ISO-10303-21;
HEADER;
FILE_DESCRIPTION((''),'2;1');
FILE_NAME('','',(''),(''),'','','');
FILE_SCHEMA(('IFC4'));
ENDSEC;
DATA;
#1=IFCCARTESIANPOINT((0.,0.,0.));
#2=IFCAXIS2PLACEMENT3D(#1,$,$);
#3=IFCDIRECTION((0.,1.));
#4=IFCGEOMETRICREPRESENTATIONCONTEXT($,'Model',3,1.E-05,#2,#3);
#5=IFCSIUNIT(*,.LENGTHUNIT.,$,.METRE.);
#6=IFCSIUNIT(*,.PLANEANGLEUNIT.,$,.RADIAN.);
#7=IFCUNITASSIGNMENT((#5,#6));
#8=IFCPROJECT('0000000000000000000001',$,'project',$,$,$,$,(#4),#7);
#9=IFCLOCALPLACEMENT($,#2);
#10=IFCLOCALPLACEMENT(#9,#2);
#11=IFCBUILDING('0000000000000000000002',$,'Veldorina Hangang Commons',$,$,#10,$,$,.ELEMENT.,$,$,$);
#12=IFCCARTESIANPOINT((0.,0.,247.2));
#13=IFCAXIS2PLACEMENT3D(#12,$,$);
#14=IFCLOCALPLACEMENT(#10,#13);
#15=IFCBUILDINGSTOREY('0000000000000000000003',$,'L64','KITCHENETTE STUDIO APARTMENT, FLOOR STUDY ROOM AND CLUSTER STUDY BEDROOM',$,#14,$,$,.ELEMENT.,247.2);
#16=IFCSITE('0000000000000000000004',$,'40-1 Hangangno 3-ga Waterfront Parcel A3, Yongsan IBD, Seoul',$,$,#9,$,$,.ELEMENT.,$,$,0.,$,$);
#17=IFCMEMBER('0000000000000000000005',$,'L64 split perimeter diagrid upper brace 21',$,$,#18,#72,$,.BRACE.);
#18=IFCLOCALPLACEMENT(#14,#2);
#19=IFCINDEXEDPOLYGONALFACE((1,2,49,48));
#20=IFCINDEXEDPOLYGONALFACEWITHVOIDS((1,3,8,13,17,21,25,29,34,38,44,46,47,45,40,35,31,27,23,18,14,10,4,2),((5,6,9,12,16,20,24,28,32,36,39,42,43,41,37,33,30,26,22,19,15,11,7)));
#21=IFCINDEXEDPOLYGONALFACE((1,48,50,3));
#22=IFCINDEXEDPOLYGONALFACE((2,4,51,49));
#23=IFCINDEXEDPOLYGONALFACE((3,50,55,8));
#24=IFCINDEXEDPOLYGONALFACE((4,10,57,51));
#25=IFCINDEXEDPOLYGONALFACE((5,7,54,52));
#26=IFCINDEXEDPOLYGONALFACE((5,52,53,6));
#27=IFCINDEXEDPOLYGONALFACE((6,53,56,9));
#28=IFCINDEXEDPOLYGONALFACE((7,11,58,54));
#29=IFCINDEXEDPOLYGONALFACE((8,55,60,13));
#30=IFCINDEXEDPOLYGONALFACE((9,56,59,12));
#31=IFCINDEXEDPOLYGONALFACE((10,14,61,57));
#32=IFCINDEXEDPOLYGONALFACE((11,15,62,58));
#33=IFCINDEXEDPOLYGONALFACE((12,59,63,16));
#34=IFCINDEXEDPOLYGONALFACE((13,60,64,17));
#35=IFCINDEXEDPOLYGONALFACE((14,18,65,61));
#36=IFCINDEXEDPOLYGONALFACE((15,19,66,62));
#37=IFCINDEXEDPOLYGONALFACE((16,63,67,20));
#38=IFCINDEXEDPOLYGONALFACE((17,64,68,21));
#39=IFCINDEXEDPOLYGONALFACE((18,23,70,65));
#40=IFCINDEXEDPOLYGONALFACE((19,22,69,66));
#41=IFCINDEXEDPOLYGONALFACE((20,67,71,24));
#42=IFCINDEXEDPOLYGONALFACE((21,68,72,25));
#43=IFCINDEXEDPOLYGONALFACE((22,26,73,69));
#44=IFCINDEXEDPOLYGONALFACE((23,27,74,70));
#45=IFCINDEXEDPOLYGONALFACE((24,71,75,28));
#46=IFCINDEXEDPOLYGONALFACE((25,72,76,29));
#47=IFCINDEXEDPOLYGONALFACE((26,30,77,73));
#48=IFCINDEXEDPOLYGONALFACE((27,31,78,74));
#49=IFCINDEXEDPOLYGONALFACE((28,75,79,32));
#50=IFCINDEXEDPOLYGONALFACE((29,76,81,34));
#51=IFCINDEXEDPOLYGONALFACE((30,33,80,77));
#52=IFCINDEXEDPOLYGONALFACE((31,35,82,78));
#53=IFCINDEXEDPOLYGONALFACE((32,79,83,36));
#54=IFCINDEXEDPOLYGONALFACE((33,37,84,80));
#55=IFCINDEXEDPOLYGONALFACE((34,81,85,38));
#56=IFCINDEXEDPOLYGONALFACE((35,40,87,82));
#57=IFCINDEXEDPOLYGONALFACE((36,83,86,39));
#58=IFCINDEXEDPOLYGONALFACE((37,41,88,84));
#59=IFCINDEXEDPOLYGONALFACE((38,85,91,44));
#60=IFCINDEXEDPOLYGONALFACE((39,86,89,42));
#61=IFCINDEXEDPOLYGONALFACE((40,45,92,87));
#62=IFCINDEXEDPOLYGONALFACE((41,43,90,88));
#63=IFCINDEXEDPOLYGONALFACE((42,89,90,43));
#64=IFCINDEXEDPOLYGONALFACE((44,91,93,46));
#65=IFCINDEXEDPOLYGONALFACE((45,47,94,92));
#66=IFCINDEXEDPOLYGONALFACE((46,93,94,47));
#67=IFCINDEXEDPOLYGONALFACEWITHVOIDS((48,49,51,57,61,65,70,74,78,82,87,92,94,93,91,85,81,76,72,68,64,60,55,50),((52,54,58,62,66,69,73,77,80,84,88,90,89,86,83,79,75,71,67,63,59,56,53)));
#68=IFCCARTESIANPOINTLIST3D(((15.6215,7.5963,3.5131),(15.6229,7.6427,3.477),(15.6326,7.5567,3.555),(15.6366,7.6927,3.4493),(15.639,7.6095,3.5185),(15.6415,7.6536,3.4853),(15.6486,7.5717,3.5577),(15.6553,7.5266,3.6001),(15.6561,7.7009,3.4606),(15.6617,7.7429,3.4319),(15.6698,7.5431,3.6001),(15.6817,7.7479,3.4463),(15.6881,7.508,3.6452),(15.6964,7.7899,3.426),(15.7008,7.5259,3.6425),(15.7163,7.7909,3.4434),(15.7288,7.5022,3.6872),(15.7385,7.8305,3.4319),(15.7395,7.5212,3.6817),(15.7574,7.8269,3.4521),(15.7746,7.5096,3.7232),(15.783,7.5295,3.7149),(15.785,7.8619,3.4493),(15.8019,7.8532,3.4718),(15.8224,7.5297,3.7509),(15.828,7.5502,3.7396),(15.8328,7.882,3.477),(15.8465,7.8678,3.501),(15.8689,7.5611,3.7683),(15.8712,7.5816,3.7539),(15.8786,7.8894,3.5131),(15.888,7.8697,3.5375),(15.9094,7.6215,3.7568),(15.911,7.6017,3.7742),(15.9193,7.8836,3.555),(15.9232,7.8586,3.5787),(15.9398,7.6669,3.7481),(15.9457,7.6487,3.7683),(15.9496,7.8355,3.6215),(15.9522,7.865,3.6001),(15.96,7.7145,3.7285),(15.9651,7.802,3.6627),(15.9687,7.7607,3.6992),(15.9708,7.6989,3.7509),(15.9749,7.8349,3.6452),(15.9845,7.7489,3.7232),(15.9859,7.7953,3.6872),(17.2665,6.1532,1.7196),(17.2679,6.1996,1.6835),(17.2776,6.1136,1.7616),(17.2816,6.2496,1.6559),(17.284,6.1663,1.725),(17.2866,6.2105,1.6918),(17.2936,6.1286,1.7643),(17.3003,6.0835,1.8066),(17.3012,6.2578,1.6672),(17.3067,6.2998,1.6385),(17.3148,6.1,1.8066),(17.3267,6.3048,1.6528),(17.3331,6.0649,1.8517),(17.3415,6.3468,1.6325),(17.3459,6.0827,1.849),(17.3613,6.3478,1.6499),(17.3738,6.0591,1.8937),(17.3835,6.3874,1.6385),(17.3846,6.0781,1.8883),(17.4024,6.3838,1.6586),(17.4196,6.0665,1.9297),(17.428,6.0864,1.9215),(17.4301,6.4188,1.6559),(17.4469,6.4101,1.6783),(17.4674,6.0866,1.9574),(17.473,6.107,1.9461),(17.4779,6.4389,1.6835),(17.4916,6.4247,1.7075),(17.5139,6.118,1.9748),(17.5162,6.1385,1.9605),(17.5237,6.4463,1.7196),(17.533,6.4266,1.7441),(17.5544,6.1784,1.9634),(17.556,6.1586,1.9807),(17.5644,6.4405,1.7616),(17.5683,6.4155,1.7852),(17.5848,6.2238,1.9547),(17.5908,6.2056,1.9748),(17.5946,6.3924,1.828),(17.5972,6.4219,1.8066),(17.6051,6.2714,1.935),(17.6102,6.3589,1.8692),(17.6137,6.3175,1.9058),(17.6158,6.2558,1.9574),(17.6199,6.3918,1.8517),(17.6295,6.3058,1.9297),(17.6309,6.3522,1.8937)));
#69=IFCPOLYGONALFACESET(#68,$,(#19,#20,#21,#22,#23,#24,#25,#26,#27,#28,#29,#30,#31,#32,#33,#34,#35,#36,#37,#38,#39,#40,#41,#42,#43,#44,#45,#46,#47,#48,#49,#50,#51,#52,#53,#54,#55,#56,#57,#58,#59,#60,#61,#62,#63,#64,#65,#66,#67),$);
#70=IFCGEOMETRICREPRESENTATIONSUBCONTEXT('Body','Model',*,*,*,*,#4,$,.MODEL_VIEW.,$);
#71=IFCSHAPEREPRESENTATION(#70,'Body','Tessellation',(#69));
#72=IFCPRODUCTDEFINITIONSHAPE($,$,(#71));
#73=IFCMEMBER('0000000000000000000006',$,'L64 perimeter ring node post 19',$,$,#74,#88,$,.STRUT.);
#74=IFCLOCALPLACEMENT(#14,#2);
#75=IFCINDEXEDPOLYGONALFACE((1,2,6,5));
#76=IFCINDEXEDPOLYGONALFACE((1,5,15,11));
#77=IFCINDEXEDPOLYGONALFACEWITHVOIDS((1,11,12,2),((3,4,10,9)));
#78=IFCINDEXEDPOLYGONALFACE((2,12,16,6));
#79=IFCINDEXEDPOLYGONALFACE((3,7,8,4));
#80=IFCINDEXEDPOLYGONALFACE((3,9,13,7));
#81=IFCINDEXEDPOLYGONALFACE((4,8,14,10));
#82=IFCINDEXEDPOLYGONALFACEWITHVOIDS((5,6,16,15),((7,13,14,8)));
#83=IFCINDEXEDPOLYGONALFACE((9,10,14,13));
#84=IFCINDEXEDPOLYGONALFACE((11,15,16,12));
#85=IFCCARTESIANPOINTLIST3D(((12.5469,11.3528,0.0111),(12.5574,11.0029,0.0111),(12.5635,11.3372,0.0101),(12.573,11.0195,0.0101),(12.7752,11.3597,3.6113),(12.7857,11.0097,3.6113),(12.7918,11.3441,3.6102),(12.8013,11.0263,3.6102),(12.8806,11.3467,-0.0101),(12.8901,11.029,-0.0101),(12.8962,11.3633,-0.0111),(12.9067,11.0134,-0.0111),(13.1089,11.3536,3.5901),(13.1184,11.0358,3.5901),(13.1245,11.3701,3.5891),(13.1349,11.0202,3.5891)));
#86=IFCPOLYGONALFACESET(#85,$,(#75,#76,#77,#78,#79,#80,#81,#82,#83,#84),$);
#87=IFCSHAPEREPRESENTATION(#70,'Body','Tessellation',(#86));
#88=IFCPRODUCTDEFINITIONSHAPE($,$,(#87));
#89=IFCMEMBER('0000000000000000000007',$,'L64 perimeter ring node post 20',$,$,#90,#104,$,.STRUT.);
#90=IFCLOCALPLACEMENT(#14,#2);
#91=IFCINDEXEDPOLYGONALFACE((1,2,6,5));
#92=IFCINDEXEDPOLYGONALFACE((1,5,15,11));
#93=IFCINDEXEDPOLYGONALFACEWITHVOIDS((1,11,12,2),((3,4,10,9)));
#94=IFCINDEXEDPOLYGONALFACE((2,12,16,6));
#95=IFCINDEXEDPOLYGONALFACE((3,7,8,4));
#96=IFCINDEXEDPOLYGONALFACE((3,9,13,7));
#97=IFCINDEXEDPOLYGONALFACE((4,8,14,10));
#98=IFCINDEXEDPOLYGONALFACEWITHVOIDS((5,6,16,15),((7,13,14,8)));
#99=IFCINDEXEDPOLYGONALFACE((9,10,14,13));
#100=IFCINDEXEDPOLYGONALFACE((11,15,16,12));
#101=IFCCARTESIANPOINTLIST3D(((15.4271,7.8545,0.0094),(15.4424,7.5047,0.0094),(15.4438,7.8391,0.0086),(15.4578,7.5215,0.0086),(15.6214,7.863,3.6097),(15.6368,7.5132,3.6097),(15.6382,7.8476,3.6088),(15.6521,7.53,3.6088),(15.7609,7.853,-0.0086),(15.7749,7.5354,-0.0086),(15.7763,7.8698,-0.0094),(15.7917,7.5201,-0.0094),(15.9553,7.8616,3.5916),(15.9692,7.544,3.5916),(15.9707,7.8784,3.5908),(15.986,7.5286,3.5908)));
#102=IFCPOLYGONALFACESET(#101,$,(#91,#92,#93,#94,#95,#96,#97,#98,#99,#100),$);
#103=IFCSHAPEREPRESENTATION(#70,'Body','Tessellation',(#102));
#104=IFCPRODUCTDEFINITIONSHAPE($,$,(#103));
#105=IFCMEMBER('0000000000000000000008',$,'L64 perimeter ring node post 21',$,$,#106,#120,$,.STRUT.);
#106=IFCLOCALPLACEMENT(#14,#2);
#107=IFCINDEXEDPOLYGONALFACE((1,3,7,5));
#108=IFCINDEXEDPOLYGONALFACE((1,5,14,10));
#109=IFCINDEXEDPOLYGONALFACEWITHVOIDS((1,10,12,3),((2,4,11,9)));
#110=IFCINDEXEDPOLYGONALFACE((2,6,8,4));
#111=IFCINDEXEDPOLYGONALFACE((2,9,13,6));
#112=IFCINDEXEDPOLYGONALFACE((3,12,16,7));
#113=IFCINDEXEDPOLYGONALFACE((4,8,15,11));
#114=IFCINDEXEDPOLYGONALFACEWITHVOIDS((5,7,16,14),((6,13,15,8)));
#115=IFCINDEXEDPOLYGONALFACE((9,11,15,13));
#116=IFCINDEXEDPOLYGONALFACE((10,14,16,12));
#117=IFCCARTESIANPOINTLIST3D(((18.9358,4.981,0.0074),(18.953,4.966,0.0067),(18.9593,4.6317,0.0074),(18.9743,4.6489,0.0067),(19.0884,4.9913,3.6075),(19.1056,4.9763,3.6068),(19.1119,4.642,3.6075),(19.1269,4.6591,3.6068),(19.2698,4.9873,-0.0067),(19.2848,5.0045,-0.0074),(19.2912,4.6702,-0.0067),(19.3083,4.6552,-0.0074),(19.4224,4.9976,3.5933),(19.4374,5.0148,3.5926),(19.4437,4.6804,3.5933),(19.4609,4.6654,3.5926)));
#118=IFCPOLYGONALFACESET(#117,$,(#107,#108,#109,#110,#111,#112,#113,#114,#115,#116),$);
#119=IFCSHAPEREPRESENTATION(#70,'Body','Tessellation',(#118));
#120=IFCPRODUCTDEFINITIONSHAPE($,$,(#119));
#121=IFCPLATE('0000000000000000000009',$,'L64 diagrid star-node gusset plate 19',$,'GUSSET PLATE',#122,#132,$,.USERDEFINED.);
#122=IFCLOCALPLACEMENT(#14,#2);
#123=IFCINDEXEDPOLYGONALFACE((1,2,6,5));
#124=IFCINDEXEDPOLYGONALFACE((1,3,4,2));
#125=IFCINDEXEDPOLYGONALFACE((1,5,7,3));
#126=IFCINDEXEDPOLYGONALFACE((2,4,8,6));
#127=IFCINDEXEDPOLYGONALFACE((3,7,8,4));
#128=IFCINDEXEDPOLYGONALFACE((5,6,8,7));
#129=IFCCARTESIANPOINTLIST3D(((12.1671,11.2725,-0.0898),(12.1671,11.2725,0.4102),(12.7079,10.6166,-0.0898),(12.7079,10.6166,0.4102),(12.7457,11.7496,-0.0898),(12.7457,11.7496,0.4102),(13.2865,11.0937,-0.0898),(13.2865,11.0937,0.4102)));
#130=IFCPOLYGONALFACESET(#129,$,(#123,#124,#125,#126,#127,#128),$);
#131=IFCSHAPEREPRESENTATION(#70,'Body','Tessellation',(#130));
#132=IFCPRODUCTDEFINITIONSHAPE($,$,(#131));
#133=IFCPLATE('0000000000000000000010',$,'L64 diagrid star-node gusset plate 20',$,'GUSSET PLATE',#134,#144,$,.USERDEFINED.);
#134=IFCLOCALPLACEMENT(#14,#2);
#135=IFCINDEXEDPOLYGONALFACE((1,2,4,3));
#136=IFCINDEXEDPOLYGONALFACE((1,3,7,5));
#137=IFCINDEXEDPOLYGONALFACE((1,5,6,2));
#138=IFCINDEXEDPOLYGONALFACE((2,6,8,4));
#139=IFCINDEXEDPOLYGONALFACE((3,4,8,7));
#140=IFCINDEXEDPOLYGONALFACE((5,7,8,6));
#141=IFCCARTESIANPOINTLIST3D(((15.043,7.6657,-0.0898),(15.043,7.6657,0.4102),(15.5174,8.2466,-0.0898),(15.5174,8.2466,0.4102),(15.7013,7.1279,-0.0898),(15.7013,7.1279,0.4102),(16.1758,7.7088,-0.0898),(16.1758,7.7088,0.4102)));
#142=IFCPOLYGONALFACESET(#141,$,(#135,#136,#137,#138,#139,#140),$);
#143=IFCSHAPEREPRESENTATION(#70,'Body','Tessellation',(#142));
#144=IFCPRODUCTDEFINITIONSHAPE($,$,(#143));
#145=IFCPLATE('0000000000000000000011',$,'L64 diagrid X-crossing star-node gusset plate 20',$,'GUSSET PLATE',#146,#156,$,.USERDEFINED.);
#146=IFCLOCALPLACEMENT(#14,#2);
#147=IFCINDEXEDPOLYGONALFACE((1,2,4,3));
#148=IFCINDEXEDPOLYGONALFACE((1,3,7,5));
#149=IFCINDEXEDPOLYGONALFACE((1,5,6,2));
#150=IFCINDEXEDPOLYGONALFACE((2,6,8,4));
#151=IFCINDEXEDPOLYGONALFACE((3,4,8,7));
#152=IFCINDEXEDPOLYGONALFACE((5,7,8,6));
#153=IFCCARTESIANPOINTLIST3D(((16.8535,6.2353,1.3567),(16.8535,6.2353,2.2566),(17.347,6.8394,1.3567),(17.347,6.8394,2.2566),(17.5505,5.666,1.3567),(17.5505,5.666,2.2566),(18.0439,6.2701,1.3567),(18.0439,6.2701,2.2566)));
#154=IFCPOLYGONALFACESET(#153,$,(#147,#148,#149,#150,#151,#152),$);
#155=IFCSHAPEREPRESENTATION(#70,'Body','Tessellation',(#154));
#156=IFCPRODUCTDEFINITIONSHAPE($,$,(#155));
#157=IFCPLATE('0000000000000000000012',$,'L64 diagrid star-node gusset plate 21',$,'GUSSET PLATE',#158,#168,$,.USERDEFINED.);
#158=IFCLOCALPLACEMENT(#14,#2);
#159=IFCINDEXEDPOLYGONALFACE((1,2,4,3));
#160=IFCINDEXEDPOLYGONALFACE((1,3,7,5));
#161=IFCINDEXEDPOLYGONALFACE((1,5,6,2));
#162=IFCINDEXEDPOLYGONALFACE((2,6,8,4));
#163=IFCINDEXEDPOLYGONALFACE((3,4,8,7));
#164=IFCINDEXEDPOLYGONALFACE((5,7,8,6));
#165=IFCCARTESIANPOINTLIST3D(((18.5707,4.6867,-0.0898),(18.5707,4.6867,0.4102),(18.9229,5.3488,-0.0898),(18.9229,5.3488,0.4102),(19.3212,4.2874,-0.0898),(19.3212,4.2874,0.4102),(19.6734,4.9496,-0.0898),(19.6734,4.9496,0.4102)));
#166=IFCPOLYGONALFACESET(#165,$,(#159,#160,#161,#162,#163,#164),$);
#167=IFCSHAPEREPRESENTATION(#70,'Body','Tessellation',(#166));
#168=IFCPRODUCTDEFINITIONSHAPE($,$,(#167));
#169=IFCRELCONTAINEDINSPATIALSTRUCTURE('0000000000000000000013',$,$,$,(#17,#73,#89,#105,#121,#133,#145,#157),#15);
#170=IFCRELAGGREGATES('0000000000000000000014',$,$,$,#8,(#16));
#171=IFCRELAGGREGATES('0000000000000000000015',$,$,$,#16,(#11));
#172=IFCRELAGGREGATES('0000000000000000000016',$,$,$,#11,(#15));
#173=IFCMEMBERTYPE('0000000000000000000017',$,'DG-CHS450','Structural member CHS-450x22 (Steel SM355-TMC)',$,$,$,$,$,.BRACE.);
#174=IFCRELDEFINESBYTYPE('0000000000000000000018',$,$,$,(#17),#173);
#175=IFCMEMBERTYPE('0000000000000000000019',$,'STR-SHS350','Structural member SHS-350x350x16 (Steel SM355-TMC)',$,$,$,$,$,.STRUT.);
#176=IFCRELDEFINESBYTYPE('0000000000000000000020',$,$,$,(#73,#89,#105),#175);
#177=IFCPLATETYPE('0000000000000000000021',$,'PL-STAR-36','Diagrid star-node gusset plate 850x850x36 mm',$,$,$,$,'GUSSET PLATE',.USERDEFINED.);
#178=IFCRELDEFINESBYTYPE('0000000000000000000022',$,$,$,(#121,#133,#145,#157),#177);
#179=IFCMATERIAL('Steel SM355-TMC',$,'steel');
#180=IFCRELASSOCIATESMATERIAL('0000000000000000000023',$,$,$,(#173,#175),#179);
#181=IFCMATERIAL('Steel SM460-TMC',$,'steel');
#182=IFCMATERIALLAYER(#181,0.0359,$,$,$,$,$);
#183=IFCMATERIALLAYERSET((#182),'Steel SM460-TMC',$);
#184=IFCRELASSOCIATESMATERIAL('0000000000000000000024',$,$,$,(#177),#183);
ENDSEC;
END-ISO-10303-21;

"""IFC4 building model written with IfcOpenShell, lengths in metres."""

from ifc_helpers import new_model, si_unit, direction, frame, origin, origin_2d, place, context, subcontext, project, spatial, rectangle, hollow_rectangle, hollow_circle, extrude, material, layer, layer_set, material_profile, profile_set, type_object, element, save


model = new_model("IFC4")

# Units and contexts
model_context = context("Model", 3, precision=1e-05, world=origin(), true_north=direction((0.0, 1.0)))
body_context = subcontext(model_context, "Body", "Model", "MODEL_VIEW")
ifc_project = project(units=[si_unit("LENGTHUNIT", "METRE"), si_unit("PLANEANGLEUNIT", "RADIAN")], contexts=[model_context])

# Site, building, storey
site_placement = place(None, origin())
site = spatial("IfcSite", under=ifc_project, at=site_placement, Name="40-1 Hangangno 3-ga Waterfront Parcel A3, Yongsan IBD, Seoul", CompositionType="ELEMENT", RefElevation=0.0)
building_placement = place(site_placement, origin())
building = spatial("IfcBuilding", under=site, at=building_placement, Name="Veldorina Hangang Commons", CompositionType="ELEMENT")
storey_placement = place(building_placement, frame((0.0, 0.0, 247.2)))
storey = spatial("IfcBuildingStorey", under=building, at=storey_placement, Name="L64", Description="KITCHENETTE STUDIO APARTMENT, FLOOR STUDY ROOM AND CLUSTER STUDY BEDROOM", CompositionType="ELEMENT", Elevation=247.2)

# Shared definitions
ifc_material_1 = material(Name="Steel SM355-TMC", Category="steel")

# Members
ifc_material_profile_1 = material_profile(ifc_material_1, hollow_circle(Radius=0.2251, WallThickness=0.022, at=origin_2d()), Name="CHS-450x22")
ifc_profile_set_1 = profile_set([ifc_material_profile_1], Name="Steel SM355-TMC")
member_type_1 = type_object("IfcMemberType", Name="DG-CHS450", Description="Structural member CHS-450x22 (Steel SM355-TMC)", PredefinedType="BRACE", material=ifc_profile_set_1)
member_1_placement = place(storey_placement, frame((17.4487, 6.2527, 1.8066), z_axis=(-0.581415, 0.510054, 0.633878), x_axis=(-0.659468, -0.751733, 0.0)))
element("IfcMember", 1, at=member_1_placement, inside=storey, type_object=member_type_1, Name="L64 split perimeter diagrid upper brace 21", PredefinedType="BRACE", context=body_context, shape_type="SweptSolid", body=[
    extrude(hollow_circle(Radius=0.2251, WallThickness=0.022, at=origin_2d()), origin(), (0.0, 0.0, 1.0), 2.8293),
])
ifc_material_profile_2 = material_profile(ifc_material_1, hollow_rectangle(XDim=0.3501, YDim=0.3501, WallThickness=0.0161, at=origin_2d()), Name="SHS-350x350x16")
ifc_profile_set_2 = profile_set([ifc_material_profile_2], Name="Steel SM355-TMC")
member_type_2 = type_object("IfcMemberType", Name="STR-SHS350", Description="Structural member SHS-350x350x16 (Steel SM355-TMC)", PredefinedType="STRUT", material=ifc_profile_set_2)
member_2_placement = place(storey_placement, frame((12.7268, 11.1831, 0.0), z_axis=(0.06328, 0.001895, 0.997994), x_axis=(-0.029933, 0.999552, 0.0)))
element("IfcMember", 2, at=member_2_placement, inside=storey, type_object=member_type_2, Name="L64 perimeter ring node post 19", PredefinedType="STRUT", context=body_context, shape_type="SweptSolid", body=[
    extrude(hollow_rectangle(XDim=0.3501, YDim=0.3501, WallThickness=0.0161, at=origin_2d()), origin(), (0.0, 0.0, 1.0), 3.6074),
])
member_3_placement = place(storey_placement, frame((15.6094, 7.6873, 0.0), z_axis=(0.053902, 0.00237, 0.998543), x_axis=(-0.043927, 0.999035, 0.0)))
element("IfcMember", 3, at=member_3_placement, inside=storey, type_object=member_type_2, Name="L64 perimeter ring node post 20", PredefinedType="STRUT", context=body_context, shape_type="SweptSolid", body=[
    extrude(hollow_rectangle(XDim=0.3501, YDim=0.3501, WallThickness=0.0161, at=origin_2d()), origin(), (0.0, 0.0, 1.0), 3.6055),
])
member_4_placement = place(storey_placement, frame((19.1221, 4.8181, 0.0), z_axis=(0.042346, 0.002846, 0.999099), x_axis=(-0.067049, 0.99775, 0.0)))
element("IfcMember", 4, at=member_4_placement, inside=storey, type_object=member_type_2, Name="L64 perimeter ring node post 21", PredefinedType="STRUT", context=body_context, shape_type="SweptSolid", body=[
    extrude(hollow_rectangle(XDim=0.3501, YDim=0.3501, WallThickness=0.0161, at=origin_2d()), origin(), (0.0, 0.0, 1.0), 3.6033),
])

# Plates
ifc_material_2 = material(Name="Steel SM460-TMC", Category="steel")
ifc_layer_1 = layer(ifc_material_2, 0.0359)
ifc_layer_set_1 = layer_set([ifc_layer_1], Name="Steel SM460-TMC")
plate_type = type_object("IfcPlateType", Name="PL-STAR-36", Description="Diagrid star-node gusset plate 850x850x36 mm", ElementType="GUSSET PLATE", PredefinedType="USERDEFINED", material=ifc_layer_set_1)
for number, where, z_axis, x_axis, name in (
    (5, (12.7268, 11.1831, -0.0898), (0.0, 0.0, 1.0), (0.636199, -0.771525, 0.0), "L64 diagrid star-node gusset plate 19"),
    (6, (15.6094, 7.6873, -0.0898), (0.0, 0.0, 1.0), (0.774481, -0.632597, 0.0), "L64 diagrid star-node gusset plate 20"),
):
    element("IfcPlate", number, at=place(storey_placement, frame(where, z_axis=z_axis, x_axis=x_axis)), inside=storey, type_object=plate_type, Name=name, ObjectType="GUSSET PLATE", PredefinedType="USERDEFINED", context=body_context, shape_type="SweptSolid", body=[
        extrude(rectangle(XDim=0.8501, YDim=0.75, at=origin_2d()), origin(), (0.0, 0.0, 1.0), 0.5),
    ])
plate_1_placement = place(storey_placement, frame((17.4487, 6.2527, 1.3567), z_axis=(0.0, 0.0, 1.0), x_axis=(0.774481, -0.632597, 0.0)))
element("IfcPlate", 7, at=plate_1_placement, inside=storey, type_object=plate_type, Name="L64 diagrid X-crossing star-node gusset plate 20", ObjectType="GUSSET PLATE", PredefinedType="USERDEFINED", context=body_context, shape_type="SweptSolid", body=[
    extrude(rectangle(XDim=0.8999, YDim=0.78, at=origin_2d()), origin(), (0.0, 0.0, 1.0), 0.8999),
])
plate_2_placement = place(storey_placement, frame((19.1221, 4.8181, -0.0898), z_axis=(0.0, 0.0, 1.0), x_axis=(0.882857, -0.469641, 0.0)))
element("IfcPlate", 8, at=plate_2_placement, inside=storey, type_object=plate_type, Name="L64 diagrid star-node gusset plate 21", ObjectType="GUSSET PLATE", PredefinedType="USERDEFINED", context=body_context, shape_type="SweptSolid", body=[
    extrude(rectangle(XDim=0.8501, YDim=0.75, at=origin_2d()), origin(), (0.0, 0.0, 1.0), 0.5),
])

save(model, "model.ifc")
